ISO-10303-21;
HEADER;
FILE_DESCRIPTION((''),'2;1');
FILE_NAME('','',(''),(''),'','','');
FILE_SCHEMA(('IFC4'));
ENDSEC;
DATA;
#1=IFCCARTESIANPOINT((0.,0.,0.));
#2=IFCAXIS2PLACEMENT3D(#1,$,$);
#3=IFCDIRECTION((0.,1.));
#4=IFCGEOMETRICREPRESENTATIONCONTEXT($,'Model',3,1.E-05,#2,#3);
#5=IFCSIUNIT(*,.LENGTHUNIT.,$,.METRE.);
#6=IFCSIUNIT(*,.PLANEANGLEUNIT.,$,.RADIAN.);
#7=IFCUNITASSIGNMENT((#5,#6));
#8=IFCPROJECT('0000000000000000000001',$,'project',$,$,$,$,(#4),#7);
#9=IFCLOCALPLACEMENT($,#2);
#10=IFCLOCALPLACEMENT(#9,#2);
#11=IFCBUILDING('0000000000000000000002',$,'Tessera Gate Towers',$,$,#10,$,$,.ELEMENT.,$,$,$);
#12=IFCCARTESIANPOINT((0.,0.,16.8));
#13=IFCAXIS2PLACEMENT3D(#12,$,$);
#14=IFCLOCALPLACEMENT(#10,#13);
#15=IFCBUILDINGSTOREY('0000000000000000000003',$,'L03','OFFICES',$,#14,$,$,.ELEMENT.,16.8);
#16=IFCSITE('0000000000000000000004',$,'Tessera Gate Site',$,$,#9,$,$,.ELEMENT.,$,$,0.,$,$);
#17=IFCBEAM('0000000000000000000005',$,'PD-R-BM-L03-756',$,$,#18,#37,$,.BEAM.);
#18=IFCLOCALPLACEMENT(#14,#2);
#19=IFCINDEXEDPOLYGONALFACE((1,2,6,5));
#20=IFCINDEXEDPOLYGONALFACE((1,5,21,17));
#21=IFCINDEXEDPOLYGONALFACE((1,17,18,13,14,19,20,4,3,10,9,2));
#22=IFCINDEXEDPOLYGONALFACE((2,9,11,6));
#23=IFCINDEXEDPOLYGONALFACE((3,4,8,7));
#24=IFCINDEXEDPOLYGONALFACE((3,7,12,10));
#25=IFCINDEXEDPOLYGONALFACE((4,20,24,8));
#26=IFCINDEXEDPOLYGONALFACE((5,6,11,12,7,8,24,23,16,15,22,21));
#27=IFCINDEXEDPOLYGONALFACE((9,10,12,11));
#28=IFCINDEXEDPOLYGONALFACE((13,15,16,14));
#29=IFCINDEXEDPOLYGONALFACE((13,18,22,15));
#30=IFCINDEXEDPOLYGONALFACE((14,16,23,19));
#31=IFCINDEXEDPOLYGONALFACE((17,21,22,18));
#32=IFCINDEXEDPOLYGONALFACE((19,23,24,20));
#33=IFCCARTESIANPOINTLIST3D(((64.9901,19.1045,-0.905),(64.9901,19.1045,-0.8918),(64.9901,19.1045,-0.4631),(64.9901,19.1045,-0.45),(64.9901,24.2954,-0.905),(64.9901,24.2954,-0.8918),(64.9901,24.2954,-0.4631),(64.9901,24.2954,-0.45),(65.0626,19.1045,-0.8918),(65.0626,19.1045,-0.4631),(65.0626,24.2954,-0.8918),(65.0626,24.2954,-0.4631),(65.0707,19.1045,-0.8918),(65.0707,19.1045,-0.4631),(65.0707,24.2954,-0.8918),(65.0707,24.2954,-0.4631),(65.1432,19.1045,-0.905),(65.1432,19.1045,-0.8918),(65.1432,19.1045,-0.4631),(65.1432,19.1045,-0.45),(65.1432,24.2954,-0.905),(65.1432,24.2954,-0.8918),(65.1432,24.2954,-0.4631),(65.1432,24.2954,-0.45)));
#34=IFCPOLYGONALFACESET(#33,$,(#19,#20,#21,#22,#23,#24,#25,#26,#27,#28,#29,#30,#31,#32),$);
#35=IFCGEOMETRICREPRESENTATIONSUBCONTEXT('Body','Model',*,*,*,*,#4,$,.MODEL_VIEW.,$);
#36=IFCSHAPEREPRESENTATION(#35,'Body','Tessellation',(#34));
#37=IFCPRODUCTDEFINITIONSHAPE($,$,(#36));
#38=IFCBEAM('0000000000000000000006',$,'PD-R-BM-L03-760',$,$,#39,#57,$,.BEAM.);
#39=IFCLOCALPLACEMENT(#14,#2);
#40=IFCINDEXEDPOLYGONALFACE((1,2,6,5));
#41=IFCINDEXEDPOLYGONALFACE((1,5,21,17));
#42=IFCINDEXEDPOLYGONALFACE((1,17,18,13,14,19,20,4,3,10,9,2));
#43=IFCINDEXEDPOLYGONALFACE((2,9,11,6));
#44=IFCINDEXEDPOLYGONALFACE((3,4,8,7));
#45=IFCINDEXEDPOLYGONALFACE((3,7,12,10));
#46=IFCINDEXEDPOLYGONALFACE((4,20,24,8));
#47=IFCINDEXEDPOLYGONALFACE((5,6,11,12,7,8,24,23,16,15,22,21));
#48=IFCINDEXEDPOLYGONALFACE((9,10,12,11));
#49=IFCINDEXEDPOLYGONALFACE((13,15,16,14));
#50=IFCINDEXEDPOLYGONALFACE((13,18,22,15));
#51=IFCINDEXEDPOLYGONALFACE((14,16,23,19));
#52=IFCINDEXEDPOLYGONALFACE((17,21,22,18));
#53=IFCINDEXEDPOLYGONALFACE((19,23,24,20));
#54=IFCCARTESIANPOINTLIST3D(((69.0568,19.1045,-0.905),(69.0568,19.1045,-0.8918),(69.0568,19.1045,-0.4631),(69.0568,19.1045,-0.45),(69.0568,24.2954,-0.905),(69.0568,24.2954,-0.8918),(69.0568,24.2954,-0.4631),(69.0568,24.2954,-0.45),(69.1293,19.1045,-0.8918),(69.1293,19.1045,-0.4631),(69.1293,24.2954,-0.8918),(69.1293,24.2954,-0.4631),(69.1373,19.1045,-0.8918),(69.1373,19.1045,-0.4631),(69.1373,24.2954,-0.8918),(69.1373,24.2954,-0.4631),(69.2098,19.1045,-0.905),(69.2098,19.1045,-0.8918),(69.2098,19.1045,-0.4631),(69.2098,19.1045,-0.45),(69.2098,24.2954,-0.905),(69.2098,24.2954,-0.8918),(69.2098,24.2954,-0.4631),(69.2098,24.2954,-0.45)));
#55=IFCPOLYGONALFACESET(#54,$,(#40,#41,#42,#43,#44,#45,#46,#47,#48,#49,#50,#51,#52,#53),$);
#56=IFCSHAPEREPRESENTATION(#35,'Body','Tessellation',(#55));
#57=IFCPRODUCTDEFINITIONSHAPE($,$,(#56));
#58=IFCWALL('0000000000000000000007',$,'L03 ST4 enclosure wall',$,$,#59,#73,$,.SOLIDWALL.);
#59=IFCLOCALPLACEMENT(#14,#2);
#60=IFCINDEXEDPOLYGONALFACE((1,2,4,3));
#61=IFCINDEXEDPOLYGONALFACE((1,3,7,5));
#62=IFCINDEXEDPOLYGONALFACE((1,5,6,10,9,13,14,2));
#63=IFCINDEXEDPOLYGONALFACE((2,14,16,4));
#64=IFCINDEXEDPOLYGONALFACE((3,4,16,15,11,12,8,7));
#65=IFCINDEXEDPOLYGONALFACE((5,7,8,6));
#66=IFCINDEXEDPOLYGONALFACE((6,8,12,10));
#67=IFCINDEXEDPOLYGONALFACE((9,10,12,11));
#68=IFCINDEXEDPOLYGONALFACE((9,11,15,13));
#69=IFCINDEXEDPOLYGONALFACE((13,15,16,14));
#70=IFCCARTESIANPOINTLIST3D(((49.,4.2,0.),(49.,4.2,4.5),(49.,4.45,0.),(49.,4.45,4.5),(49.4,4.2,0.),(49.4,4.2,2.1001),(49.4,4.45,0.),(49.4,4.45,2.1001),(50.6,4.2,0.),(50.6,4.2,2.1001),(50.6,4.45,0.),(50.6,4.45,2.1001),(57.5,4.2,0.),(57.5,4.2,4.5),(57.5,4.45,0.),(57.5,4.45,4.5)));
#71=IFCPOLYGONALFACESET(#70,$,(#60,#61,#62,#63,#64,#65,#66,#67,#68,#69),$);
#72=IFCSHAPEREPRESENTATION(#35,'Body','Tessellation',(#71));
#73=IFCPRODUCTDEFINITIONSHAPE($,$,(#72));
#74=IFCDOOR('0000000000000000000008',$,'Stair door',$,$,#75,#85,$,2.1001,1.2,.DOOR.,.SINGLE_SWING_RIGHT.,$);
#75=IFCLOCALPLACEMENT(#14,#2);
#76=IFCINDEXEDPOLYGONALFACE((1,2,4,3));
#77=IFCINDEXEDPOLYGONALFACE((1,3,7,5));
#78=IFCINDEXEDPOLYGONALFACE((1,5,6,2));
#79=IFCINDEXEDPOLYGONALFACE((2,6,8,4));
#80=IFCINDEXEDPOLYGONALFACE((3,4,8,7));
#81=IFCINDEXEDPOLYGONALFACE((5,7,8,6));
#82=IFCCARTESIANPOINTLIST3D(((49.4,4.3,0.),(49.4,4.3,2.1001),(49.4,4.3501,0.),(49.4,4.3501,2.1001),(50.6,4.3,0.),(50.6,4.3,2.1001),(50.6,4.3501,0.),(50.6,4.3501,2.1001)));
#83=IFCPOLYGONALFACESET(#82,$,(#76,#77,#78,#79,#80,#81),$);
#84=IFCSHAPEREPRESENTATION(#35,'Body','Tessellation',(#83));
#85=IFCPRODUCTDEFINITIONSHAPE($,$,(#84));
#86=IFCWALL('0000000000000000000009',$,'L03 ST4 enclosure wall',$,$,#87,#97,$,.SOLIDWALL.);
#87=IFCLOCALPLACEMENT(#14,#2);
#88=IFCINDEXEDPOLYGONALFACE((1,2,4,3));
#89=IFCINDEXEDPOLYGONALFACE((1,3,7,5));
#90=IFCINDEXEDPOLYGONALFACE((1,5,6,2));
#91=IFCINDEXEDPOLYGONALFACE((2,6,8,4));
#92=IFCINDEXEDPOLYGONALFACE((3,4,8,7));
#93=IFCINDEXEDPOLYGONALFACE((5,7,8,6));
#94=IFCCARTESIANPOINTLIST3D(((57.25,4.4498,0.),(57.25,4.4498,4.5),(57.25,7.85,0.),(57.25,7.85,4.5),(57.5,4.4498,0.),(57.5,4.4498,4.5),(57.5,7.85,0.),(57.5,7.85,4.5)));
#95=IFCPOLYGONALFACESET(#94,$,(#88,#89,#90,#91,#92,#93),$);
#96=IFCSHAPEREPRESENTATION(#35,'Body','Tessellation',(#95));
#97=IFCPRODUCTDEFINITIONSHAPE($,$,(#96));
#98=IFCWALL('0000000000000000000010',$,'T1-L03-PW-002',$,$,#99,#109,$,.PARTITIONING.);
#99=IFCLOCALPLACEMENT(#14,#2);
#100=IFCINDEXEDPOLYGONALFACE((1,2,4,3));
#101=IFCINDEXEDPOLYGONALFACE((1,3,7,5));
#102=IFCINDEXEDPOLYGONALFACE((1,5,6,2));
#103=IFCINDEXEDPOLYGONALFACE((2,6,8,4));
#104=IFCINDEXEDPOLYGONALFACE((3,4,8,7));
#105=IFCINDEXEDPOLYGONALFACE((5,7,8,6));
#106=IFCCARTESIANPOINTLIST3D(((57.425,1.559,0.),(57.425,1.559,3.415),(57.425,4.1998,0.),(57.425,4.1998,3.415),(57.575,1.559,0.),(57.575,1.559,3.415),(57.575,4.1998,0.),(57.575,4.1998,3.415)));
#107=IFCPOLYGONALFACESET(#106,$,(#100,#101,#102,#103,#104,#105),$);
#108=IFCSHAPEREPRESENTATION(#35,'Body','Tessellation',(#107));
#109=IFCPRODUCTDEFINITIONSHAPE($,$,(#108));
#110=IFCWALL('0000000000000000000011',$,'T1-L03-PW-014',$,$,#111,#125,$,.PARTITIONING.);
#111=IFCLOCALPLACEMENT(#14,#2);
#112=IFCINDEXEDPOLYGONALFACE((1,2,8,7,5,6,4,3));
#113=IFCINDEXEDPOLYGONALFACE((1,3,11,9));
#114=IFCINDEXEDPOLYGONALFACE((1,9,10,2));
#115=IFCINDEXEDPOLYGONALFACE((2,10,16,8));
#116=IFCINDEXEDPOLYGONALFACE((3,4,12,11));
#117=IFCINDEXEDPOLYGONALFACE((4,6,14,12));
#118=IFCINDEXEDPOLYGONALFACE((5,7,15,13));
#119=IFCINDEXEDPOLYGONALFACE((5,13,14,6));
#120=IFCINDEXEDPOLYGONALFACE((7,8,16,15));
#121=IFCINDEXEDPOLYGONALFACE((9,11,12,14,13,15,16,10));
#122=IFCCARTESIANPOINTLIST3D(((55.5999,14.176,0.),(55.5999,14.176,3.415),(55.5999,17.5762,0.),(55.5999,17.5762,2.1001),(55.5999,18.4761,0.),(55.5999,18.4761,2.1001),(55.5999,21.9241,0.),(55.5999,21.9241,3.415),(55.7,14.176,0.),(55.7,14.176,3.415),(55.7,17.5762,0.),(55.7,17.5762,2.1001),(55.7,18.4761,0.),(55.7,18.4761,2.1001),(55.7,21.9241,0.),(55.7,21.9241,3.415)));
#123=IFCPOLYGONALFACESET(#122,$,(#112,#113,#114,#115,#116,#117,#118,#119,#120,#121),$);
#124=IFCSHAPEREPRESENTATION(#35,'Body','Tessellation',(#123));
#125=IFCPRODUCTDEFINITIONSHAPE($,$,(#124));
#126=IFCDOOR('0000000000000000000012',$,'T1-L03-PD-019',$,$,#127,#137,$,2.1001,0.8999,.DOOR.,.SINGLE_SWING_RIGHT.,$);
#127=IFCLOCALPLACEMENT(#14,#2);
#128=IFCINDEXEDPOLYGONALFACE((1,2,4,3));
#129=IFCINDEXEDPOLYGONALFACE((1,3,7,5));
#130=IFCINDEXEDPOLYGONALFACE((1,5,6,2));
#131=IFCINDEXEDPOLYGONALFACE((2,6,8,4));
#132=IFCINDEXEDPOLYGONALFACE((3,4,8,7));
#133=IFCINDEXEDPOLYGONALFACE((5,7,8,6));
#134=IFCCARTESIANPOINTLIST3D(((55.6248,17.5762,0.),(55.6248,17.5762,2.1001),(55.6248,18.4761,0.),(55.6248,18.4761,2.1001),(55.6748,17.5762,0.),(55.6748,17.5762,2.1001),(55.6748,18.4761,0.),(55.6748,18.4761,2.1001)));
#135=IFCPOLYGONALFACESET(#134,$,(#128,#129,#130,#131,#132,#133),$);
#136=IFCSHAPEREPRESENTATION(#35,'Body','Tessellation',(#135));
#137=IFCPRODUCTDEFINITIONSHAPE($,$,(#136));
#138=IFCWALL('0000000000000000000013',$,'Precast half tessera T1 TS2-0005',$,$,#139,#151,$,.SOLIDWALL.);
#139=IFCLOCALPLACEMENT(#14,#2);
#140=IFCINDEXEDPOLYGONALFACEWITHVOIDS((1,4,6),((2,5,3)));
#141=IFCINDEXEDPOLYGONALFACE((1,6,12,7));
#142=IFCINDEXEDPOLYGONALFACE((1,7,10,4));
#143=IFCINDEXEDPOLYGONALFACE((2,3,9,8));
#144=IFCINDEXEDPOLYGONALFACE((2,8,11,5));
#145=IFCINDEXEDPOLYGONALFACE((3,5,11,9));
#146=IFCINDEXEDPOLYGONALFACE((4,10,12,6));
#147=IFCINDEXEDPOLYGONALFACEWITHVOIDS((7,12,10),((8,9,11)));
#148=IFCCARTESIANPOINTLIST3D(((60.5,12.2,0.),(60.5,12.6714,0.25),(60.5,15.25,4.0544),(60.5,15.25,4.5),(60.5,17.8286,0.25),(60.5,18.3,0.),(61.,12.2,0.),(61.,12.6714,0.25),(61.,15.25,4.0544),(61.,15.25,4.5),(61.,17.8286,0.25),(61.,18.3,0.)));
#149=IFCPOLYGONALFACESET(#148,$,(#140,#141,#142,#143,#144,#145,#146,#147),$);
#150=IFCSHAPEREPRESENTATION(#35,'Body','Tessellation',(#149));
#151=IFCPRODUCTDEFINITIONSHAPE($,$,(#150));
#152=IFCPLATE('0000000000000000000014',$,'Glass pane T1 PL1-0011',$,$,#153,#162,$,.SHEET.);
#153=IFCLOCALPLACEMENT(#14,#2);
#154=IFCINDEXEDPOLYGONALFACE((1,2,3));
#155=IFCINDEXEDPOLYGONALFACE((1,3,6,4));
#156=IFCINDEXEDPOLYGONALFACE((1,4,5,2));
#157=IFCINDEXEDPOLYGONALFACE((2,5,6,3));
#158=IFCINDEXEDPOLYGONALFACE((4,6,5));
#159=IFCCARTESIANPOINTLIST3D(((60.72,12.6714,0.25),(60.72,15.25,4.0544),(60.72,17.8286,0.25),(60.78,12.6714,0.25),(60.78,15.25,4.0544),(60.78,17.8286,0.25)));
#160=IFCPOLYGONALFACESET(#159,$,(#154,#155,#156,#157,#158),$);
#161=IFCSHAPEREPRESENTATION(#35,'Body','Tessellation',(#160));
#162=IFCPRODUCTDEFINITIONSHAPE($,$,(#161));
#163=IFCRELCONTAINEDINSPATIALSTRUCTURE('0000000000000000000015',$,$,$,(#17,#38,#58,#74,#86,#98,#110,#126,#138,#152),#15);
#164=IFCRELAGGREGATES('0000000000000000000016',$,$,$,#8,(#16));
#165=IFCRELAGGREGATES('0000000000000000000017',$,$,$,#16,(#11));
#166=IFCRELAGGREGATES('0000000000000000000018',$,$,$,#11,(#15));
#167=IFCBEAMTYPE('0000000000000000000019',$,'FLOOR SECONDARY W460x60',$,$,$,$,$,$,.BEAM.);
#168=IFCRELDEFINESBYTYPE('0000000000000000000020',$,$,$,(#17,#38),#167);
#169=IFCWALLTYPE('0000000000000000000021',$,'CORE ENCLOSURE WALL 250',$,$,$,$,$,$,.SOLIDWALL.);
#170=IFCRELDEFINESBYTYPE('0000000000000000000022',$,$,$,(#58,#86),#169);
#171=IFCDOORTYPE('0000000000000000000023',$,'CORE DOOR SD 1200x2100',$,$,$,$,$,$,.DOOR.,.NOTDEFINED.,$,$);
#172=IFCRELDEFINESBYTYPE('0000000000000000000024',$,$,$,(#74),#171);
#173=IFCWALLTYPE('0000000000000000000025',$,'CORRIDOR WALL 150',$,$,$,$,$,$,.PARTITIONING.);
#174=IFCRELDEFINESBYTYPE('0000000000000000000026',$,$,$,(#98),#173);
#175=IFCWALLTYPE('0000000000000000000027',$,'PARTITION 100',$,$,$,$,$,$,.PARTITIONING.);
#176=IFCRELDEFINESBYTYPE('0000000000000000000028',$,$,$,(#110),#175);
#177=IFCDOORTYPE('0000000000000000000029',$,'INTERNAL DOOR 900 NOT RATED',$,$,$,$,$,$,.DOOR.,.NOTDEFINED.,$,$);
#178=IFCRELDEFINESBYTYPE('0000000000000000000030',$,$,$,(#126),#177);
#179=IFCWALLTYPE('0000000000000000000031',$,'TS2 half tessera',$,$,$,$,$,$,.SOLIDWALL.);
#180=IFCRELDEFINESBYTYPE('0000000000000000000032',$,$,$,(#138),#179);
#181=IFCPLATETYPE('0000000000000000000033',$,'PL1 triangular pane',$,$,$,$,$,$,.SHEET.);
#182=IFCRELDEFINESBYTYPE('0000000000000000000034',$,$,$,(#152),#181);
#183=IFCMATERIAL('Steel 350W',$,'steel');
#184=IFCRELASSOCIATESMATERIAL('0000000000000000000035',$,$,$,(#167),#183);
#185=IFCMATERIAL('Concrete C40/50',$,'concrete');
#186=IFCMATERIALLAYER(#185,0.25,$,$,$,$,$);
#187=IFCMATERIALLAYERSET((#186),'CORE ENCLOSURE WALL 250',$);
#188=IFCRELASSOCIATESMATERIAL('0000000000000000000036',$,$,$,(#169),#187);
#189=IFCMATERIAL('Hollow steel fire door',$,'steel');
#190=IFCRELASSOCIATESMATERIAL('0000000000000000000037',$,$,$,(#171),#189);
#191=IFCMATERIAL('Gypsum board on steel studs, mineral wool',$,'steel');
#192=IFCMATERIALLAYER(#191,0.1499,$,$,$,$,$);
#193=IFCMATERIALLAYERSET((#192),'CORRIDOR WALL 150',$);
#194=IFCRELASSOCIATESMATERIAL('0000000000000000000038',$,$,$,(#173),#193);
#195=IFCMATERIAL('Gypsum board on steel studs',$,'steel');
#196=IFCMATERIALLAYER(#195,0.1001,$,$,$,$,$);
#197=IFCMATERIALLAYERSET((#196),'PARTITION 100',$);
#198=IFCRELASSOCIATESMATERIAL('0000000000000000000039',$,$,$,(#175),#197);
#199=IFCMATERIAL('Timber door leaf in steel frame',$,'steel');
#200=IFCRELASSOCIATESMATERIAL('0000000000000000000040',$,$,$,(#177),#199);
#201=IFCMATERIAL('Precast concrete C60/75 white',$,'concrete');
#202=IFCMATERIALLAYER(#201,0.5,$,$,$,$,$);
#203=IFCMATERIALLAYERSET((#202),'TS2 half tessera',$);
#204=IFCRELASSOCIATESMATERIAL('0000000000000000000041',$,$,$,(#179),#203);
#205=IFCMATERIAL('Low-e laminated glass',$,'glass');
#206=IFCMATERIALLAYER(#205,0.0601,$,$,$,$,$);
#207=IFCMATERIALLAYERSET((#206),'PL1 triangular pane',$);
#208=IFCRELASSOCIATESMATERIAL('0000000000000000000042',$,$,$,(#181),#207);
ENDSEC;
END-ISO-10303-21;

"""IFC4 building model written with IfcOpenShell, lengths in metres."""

from ifc_helpers import new_model, si_unit, direction, frame, frame_2d, origin, origin_2d, place, context, subcontext, project, spatial, polyline, rectangle, i_section, outline, extrude, source, transform, mapped, material, layer, layer_set, material_profile, profile_set, type_object, element, fill, save


model = new_model("IFC4")

# Units and contexts
model_context = context("Model", 3, precision=1e-05, world=origin(), true_north=direction((0.0, 1.0)))
body_context = subcontext(model_context, "Body", "Model", "MODEL_VIEW")
ifc_project = project(units=[si_unit("LENGTHUNIT", "METRE"), si_unit("PLANEANGLEUNIT", "RADIAN")], contexts=[model_context])

# Site, building, storey
site_placement = place(None, origin())
site = spatial("IfcSite", under=ifc_project, at=site_placement, Name="Tessera Gate Site", CompositionType="ELEMENT", RefElevation=0.0)
building_placement = place(site_placement, origin())
building = spatial("IfcBuilding", under=site, at=building_placement, Name="Tessera Gate Towers", CompositionType="ELEMENT")
storey_placement = place(building_placement, frame((0.0, 0.0, 16.8)))
storey = spatial("IfcBuildingStorey", under=building, at=storey_placement, Name="L03", Description="OFFICES", CompositionType="ELEMENT", Elevation=16.8)

# Beams
ifc_material_1 = material(Name="Steel 350W", Category="steel")
ifc_material_profile_1 = material_profile(ifc_material_1, i_section(OverallWidth=0.1531, OverallDepth=0.4551, WebThickness=0.0081, FlangeThickness=0.0132, at=origin_2d()), Name="W460x60")
ifc_profile_set_1 = profile_set([ifc_material_profile_1], Name="Steel 350W")
beam_type_1 = type_object("IfcBeamType", Name="FLOOR SECONDARY W460x60", PredefinedType="BEAM", material=ifc_profile_set_1)
for number, where, z_axis, x_axis, name in (
    (1, (65.0667, 19.1045, -0.6775), (0.0, 1.0, 0.0), (-1.0, 0.0, 0.0), "PD-R-BM-L03-756"),
    (2, (69.1333, 19.1045, -0.6775), (0.0, 1.0, 0.0), (-1.0, 0.0, 0.0), "PD-R-BM-L03-760"),
):
    element("IfcBeam", number, at=place(storey_placement, frame(where, z_axis=z_axis, x_axis=x_axis)), inside=storey, type_object=beam_type_1, Name=name, PredefinedType="BEAM", context=body_context, shape_type="SweptSolid", body=[
        extrude(i_section(OverallWidth=0.1531, OverallDepth=0.4551, WebThickness=0.0081, FlangeThickness=0.0132, at=origin_2d()), origin(), (0.0, 0.0, 1.0), 5.1909),
    ])

# Wall, opening, door
ifc_material_2 = material(Name="Concrete C40/50", Category="concrete")
ifc_layer_1 = layer(ifc_material_2, 0.25)
ifc_layer_set_1 = layer_set([ifc_layer_1], Name="CORE ENCLOSURE WALL 250")
wall_type_1 = type_object("IfcWallType", Name="CORE ENCLOSURE WALL 250", PredefinedType="SOLIDWALL", material=ifc_layer_set_1)
wall_1_placement = place(storey_placement, frame((57.5, 4.325, 0.0), z_axis=(0.0, 0.0, 1.0), x_axis=(-1.0, 0.0, 0.0)))
wall_1 = element("IfcWall", 3, at=wall_1_placement, inside=storey, type_object=wall_type_1, Name="L03 ST4 enclosure wall", PredefinedType="SOLIDWALL", context=body_context, shape_type="SweptSolid", body=[
    extrude(rectangle(XDim=8.5, YDim=0.25, at=frame_2d((4.25, 0.0))), origin(), (0.0, 0.0, 1.0), 4.5),
])
shared_shape_1 = source(origin(), body_context, "Body", "SweptSolid", [
    extrude(rectangle(XDim=1.2, YDim=2.1001, at=frame_2d((0.6001, 1.05))), frame((0.0, 0.135, 0.0), z_axis=(0.0, -1.0, 0.0), x_axis=(1.0, 0.0, 0.0)), (0.0, 0.0, 1.0), 0.27),
])
opening_1_placement = place(wall_1_placement, frame((6.8999, 0.0, 0.0)))
opening_1 = element("IfcOpeningElement", 4, at=opening_1_placement, cuts=wall_1, PredefinedType="OPENING", context=body_context, shape_type="MappedRepresentation", body=[
    mapped(shared_shape_1, transform((0.0, 0.0, 0.0), scale=1.0)),
])
ifc_material_3 = material(Name="Hollow steel fire door", Category="steel")
door_type_1 = type_object("IfcDoorType", Name="CORE DOOR SD 1200x2100", OperationType="NOTDEFINED", PredefinedType="DOOR", material=ifc_material_3)
shared_shape_2 = source(origin(), body_context, "Body", "SweptSolid", [
    extrude(rectangle(XDim=1.2, YDim=2.1001, at=frame_2d((0.6001, 1.05))), frame((0.0, 0.0249, 0.0), z_axis=(0.0, -1.0, 0.0), x_axis=(1.0, 0.0, 0.0)), (0.0, 0.0, 1.0), 0.05),
])
door_1_placement = place(opening_1_placement, origin())
door_1 = element("IfcDoor", 5, at=door_1_placement, inside=storey, type_object=door_type_1, Name="Stair door", OperationType="SINGLE_SWING_RIGHT", OverallHeight=2.1001, OverallWidth=1.2, PredefinedType="DOOR", context=body_context, shape_type="MappedRepresentation", body=[
    mapped(shared_shape_2, transform((0.0, 0.0, 0.0), scale=1.0)),
])
fill(opening_1, door_1)

# Walls
wall_2_placement = place(storey_placement, frame((57.375, 7.8501, 0.0), z_axis=(0.0, 0.0, 1.0), x_axis=(0.0, -1.0, 0.0)))
element("IfcWall", 6, at=wall_2_placement, inside=storey, type_object=wall_type_1, Name="L03 ST4 enclosure wall", PredefinedType="SOLIDWALL", context=body_context, shape_type="SweptSolid", body=[
    extrude(rectangle(XDim=3.4001, YDim=0.25, at=frame_2d((1.7002, 0.0))), origin(), (0.0, 0.0, 1.0), 4.5),
])
ifc_material_4 = material(Name="Gypsum board on steel studs, mineral wool", Category="steel")
ifc_layer_2 = layer(ifc_material_4, 0.1499)
ifc_layer_set_2 = layer_set([ifc_layer_2], Name="CORRIDOR WALL 150")
wall_type_2 = type_object("IfcWallType", Name="CORRIDOR WALL 150", PredefinedType="PARTITIONING", material=ifc_layer_set_2)
wall_3_placement = place(storey_placement, frame((57.5, 1.5591, 0.0), z_axis=(0.0, 0.0, 1.0), x_axis=(0.0, 1.0, 0.0)))
element("IfcWall", 7, at=wall_3_placement, inside=storey, type_object=wall_type_2, Name="T1-L03-PW-002", PredefinedType="PARTITIONING", context=body_context, shape_type="SweptSolid", body=[
    extrude(rectangle(XDim=2.6409, YDim=0.1499, at=frame_2d((1.3203, 0.0))), origin(), (0.0, 0.0, 1.0), 3.415),
])

# Wall, opening, door
ifc_material_5 = material(Name="Gypsum board on steel studs", Category="steel")
ifc_layer_3 = layer(ifc_material_5, 0.1001)
ifc_layer_set_3 = layer_set([ifc_layer_3], Name="PARTITION 100")
wall_type_3 = type_object("IfcWallType", Name="PARTITION 100", PredefinedType="PARTITIONING", material=ifc_layer_set_3)
wall_4_placement = place(storey_placement, frame((55.6499, 21.9241, 0.0), z_axis=(0.0, 0.0, 1.0), x_axis=(0.0, -1.0, 0.0)))
wall_4 = element("IfcWall", 8, at=wall_4_placement, inside=storey, type_object=wall_type_3, Name="T1-L03-PW-014", PredefinedType="PARTITIONING", context=body_context, shape_type="SweptSolid", body=[
    extrude(rectangle(XDim=7.748, YDim=0.1001, at=frame_2d((3.874, 0.0))), origin(), (0.0, 0.0, 1.0), 3.415),
])
shared_shape_3 = source(origin(), body_context, "Body", "SweptSolid", [
    extrude(rectangle(XDim=0.8999, YDim=2.1001, at=frame_2d((0.45, 1.05))), frame((0.0, 0.0601, 0.0), z_axis=(0.0, -1.0, 0.0), x_axis=(1.0, 0.0, 0.0)), (0.0, 0.0, 1.0), 0.1201),
])
opening_2_placement = place(wall_4_placement, frame((3.448, 0.0, 0.0)))
opening_2 = element("IfcOpeningElement", 9, at=opening_2_placement, cuts=wall_4, PredefinedType="OPENING", context=body_context, shape_type="MappedRepresentation", body=[
    mapped(shared_shape_3, transform((0.0, 0.0, 0.0), scale=1.0)),
])
ifc_material_6 = material(Name="Timber door leaf in steel frame", Category="steel")
door_type_2 = type_object("IfcDoorType", Name="INTERNAL DOOR 900 NOT RATED", OperationType="NOTDEFINED", PredefinedType="DOOR", material=ifc_material_6)
shared_shape_4 = source(origin(), body_context, "Body", "SweptSolid", [
    extrude(rectangle(XDim=0.8999, YDim=2.1001, at=frame_2d((0.45, 1.05))), frame((0.0, 0.0249, 0.0), z_axis=(0.0, -1.0, 0.0), x_axis=(1.0, 0.0, 0.0)), (0.0, 0.0, 1.0), 0.05),
])
door_2_placement = place(opening_2_placement, origin())
door_2 = element("IfcDoor", 10, at=door_2_placement, inside=storey, type_object=door_type_2, Name="T1-L03-PD-019", OperationType="SINGLE_SWING_RIGHT", OverallHeight=2.1001, OverallWidth=0.8999, PredefinedType="DOOR", context=body_context, shape_type="MappedRepresentation", body=[
    mapped(shared_shape_4, transform((0.0, 0.0, 0.0), scale=1.0)),
])
fill(opening_2, door_2)

# Wall, opening, plate
ifc_material_7 = material(Name="Precast concrete C60/75 white", Category="concrete")
ifc_layer_4 = layer(ifc_material_7, 0.5)
ifc_layer_set_4 = layer_set([ifc_layer_4], Name="TS2 half tessera")
wall_type_4 = type_object("IfcWallType", Name="TS2 half tessera", PredefinedType="SOLIDWALL", material=ifc_layer_set_4)
shared_shape_5 = source(origin(), body_context, "Body", "SweptSolid", [
    extrude(outline(polyline([(6.1001, 0.0), (3.05, 4.5), (0.0, 0.0), (6.1001, 0.0)])), frame((0.0, 0.25, 0.0), z_axis=(0.0, -1.0, 0.0), x_axis=(1.0, 0.0, 0.0)), (0.0, 0.0, 1.0), 0.5),
])
wall_5_placement = place(storey_placement, frame((60.75, 12.2, 0.0), z_axis=(0.0, 0.0, 1.0), x_axis=(0.0, 1.0, 0.0)))
wall_5 = element("IfcWall", 11, at=wall_5_placement, inside=storey, type_object=wall_type_4, Name="Precast half tessera T1 TS2-0005", PredefinedType="SOLIDWALL", context=body_context, shape_type="MappedRepresentation", body=[
    mapped(shared_shape_5, transform((0.0, 0.0, 0.0), scale=1.0)),
])
shared_shape_6 = source(origin(), body_context, "Body", "SweptSolid", [
    extrude(outline(polyline([(5.6287, 0.25), (3.05, 4.0544), (0.4714, 0.25), (5.6287, 0.25)])), frame((0.0, 0.26, 0.0), z_axis=(0.0, -1.0, 0.0), x_axis=(1.0, 0.0, 0.0)), (0.0, 0.0, 1.0), 0.52),
])
opening_3_placement = place(wall_5_placement, origin())
opening_3 = element("IfcOpeningElement", 12, at=opening_3_placement, cuts=wall_5, PredefinedType="OPENING", context=body_context, shape_type="MappedRepresentation", body=[
    mapped(shared_shape_6, transform((0.0, 0.0, 0.0), scale=1.0)),
])
ifc_material_8 = material(Name="Low-e laminated glass", Category="glass")
ifc_layer_5 = layer(ifc_material_8, 0.0601)
ifc_layer_set_5 = layer_set([ifc_layer_5], Name="PL1 triangular pane")
plate_type = type_object("IfcPlateType", Name="PL1 triangular pane", PredefinedType="SHEET", material=ifc_layer_set_5)
shared_shape_7 = source(origin(), body_context, "Body", "SweptSolid", [
    extrude(outline(polyline([(5.6287, 0.25), (3.05, 4.0544), (0.4714, 0.25), (5.6287, 0.25)])), frame((0.0, 0.03, 0.0), z_axis=(0.0, -1.0, 0.0), x_axis=(1.0, 0.0, 0.0)), (0.0, 0.0, 1.0), 0.0601),
])
plate_placement = place(opening_3_placement, origin())
plate = element("IfcPlate", 13, at=plate_placement, inside=storey, type_object=plate_type, Name="Glass pane T1 PL1-0011", PredefinedType="SHEET", context=body_context, shape_type="MappedRepresentation", body=[
    mapped(shared_shape_7, transform((0.0, 0.0, 0.0), scale=1.0)),
])
fill(opening_3, plate)

save(model, "model.ifc")
